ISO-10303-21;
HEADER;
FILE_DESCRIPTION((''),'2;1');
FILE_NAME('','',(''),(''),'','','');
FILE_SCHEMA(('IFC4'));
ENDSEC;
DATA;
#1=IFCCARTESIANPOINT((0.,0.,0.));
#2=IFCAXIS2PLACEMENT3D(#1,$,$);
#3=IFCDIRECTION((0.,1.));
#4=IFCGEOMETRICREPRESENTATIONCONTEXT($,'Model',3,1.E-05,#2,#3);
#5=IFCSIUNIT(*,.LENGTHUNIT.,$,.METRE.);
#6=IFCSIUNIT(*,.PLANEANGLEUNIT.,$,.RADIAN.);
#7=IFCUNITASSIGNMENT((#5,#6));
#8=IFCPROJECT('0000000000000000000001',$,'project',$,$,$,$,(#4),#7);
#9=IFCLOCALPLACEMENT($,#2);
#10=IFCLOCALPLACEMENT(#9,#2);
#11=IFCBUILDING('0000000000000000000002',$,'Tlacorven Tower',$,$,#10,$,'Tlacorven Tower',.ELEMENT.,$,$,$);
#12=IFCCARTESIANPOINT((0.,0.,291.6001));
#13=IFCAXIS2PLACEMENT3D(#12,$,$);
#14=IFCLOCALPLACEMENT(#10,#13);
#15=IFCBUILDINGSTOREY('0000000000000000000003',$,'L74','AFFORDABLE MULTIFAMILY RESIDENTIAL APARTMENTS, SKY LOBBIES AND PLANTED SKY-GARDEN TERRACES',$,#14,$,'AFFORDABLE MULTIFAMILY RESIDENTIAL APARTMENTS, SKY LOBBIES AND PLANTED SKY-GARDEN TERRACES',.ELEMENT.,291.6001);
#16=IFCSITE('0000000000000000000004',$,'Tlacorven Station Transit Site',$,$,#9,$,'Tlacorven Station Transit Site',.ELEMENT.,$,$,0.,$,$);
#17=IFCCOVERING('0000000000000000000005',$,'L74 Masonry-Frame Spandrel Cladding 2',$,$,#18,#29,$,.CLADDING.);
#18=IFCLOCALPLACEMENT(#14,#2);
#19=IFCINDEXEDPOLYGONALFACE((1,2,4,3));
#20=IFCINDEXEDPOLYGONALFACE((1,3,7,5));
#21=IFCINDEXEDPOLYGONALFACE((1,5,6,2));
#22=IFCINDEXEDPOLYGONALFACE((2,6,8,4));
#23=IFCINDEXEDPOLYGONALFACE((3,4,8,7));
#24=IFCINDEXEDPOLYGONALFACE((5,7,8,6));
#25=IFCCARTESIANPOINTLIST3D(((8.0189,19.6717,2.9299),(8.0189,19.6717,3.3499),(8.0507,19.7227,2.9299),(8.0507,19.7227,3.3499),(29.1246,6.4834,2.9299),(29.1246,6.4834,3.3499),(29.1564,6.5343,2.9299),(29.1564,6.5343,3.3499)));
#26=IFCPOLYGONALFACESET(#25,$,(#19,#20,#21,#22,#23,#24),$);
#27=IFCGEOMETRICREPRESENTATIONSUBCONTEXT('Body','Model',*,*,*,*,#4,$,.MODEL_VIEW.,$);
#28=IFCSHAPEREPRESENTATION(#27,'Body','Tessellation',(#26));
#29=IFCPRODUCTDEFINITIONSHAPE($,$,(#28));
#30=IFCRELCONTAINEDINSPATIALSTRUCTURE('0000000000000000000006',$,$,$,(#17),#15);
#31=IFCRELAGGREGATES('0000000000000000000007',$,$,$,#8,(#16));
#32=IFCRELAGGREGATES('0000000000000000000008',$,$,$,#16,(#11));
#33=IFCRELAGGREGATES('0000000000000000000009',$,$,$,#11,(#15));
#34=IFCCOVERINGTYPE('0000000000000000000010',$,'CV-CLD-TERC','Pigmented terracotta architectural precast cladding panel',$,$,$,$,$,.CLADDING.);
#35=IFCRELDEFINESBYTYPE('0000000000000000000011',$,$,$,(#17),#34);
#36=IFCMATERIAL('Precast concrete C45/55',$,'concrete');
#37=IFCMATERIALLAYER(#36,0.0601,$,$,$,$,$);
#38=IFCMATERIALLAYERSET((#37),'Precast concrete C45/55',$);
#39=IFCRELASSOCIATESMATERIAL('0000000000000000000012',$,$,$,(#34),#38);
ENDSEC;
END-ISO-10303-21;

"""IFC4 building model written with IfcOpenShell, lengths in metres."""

from ifc_helpers import new_model, si_unit, direction, frame, origin, origin_2d, place, context, subcontext, project, spatial, rectangle, extrude, source, transform, mapped, material, layer, layer_set, type_object, element, save


model = new_model("IFC4")

# Units and contexts
model_context = context("Model", 3, precision=1e-05, world=origin(), true_north=direction((0.0, 1.0)))
body_context = subcontext(model_context, "Body", "Model", "MODEL_VIEW")
ifc_project = project(units=[si_unit("LENGTHUNIT", "METRE"), si_unit("PLANEANGLEUNIT", "RADIAN")], contexts=[model_context])

# Site, building, storey
site_placement = place(None, origin())
site = spatial("IfcSite", under=ifc_project, at=site_placement, Name="Tlacorven Station Transit Site", LongName="Tlacorven Station Transit Site", CompositionType="ELEMENT", RefElevation=0.0)
building_placement = place(site_placement, origin())
building = spatial("IfcBuilding", under=site, at=building_placement, Name="Tlacorven Tower", LongName="Tlacorven Tower", CompositionType="ELEMENT")
storey_placement = place(building_placement, frame((0.0, 0.0, 291.6001)))
storey = spatial("IfcBuildingStorey", under=building, at=storey_placement, Name="L74", Description="AFFORDABLE MULTIFAMILY RESIDENTIAL APARTMENTS, SKY LOBBIES AND PLANTED SKY-GARDEN TERRACES", LongName="AFFORDABLE MULTIFAMILY RESIDENTIAL APARTMENTS, SKY LOBBIES AND PLANTED SKY-GARDEN TERRACES", CompositionType="ELEMENT", Elevation=291.6001)

# Shared definitions
ifc_material_1 = material(Name="Precast concrete C45/55", Category="concrete")

# Covering
ifc_layer_1 = layer(ifc_material_1, 0.0601)
ifc_layer_set_1 = layer_set([ifc_layer_1], Name="Precast concrete C45/55")
covering_type = type_object("IfcCoveringType", Name="CV-CLD-TERC", Description="Pigmented terracotta architectural precast cladding panel", PredefinedType="CLADDING", material=ifc_layer_set_1)
shared_shape_1 = source(origin(), body_context, "Body", "SweptSolid", [
    extrude(rectangle(XDim=24.8875, YDim=0.0601, at=origin_2d()), origin(), (0.0, 0.0, 1.0), 0.4199),
])
covering_placement = place(storey_placement, frame((18.5876, 13.103, 2.9299), z_axis=(0.0, 0.0, 1.0), x_axis=(-0.848048, 0.529919, 0.0)))
element("IfcCovering", 1, at=covering_placement, inside=storey, type_object=covering_type, Name="L74 Masonry-Frame Spandrel Cladding 2", PredefinedType="CLADDING", context=body_context, shape_type="MappedRepresentation", body=[
    mapped(shared_shape_1, transform((0.0, 0.0, 0.0), scale=1.0)),
])

save(model, "model.ifc")
